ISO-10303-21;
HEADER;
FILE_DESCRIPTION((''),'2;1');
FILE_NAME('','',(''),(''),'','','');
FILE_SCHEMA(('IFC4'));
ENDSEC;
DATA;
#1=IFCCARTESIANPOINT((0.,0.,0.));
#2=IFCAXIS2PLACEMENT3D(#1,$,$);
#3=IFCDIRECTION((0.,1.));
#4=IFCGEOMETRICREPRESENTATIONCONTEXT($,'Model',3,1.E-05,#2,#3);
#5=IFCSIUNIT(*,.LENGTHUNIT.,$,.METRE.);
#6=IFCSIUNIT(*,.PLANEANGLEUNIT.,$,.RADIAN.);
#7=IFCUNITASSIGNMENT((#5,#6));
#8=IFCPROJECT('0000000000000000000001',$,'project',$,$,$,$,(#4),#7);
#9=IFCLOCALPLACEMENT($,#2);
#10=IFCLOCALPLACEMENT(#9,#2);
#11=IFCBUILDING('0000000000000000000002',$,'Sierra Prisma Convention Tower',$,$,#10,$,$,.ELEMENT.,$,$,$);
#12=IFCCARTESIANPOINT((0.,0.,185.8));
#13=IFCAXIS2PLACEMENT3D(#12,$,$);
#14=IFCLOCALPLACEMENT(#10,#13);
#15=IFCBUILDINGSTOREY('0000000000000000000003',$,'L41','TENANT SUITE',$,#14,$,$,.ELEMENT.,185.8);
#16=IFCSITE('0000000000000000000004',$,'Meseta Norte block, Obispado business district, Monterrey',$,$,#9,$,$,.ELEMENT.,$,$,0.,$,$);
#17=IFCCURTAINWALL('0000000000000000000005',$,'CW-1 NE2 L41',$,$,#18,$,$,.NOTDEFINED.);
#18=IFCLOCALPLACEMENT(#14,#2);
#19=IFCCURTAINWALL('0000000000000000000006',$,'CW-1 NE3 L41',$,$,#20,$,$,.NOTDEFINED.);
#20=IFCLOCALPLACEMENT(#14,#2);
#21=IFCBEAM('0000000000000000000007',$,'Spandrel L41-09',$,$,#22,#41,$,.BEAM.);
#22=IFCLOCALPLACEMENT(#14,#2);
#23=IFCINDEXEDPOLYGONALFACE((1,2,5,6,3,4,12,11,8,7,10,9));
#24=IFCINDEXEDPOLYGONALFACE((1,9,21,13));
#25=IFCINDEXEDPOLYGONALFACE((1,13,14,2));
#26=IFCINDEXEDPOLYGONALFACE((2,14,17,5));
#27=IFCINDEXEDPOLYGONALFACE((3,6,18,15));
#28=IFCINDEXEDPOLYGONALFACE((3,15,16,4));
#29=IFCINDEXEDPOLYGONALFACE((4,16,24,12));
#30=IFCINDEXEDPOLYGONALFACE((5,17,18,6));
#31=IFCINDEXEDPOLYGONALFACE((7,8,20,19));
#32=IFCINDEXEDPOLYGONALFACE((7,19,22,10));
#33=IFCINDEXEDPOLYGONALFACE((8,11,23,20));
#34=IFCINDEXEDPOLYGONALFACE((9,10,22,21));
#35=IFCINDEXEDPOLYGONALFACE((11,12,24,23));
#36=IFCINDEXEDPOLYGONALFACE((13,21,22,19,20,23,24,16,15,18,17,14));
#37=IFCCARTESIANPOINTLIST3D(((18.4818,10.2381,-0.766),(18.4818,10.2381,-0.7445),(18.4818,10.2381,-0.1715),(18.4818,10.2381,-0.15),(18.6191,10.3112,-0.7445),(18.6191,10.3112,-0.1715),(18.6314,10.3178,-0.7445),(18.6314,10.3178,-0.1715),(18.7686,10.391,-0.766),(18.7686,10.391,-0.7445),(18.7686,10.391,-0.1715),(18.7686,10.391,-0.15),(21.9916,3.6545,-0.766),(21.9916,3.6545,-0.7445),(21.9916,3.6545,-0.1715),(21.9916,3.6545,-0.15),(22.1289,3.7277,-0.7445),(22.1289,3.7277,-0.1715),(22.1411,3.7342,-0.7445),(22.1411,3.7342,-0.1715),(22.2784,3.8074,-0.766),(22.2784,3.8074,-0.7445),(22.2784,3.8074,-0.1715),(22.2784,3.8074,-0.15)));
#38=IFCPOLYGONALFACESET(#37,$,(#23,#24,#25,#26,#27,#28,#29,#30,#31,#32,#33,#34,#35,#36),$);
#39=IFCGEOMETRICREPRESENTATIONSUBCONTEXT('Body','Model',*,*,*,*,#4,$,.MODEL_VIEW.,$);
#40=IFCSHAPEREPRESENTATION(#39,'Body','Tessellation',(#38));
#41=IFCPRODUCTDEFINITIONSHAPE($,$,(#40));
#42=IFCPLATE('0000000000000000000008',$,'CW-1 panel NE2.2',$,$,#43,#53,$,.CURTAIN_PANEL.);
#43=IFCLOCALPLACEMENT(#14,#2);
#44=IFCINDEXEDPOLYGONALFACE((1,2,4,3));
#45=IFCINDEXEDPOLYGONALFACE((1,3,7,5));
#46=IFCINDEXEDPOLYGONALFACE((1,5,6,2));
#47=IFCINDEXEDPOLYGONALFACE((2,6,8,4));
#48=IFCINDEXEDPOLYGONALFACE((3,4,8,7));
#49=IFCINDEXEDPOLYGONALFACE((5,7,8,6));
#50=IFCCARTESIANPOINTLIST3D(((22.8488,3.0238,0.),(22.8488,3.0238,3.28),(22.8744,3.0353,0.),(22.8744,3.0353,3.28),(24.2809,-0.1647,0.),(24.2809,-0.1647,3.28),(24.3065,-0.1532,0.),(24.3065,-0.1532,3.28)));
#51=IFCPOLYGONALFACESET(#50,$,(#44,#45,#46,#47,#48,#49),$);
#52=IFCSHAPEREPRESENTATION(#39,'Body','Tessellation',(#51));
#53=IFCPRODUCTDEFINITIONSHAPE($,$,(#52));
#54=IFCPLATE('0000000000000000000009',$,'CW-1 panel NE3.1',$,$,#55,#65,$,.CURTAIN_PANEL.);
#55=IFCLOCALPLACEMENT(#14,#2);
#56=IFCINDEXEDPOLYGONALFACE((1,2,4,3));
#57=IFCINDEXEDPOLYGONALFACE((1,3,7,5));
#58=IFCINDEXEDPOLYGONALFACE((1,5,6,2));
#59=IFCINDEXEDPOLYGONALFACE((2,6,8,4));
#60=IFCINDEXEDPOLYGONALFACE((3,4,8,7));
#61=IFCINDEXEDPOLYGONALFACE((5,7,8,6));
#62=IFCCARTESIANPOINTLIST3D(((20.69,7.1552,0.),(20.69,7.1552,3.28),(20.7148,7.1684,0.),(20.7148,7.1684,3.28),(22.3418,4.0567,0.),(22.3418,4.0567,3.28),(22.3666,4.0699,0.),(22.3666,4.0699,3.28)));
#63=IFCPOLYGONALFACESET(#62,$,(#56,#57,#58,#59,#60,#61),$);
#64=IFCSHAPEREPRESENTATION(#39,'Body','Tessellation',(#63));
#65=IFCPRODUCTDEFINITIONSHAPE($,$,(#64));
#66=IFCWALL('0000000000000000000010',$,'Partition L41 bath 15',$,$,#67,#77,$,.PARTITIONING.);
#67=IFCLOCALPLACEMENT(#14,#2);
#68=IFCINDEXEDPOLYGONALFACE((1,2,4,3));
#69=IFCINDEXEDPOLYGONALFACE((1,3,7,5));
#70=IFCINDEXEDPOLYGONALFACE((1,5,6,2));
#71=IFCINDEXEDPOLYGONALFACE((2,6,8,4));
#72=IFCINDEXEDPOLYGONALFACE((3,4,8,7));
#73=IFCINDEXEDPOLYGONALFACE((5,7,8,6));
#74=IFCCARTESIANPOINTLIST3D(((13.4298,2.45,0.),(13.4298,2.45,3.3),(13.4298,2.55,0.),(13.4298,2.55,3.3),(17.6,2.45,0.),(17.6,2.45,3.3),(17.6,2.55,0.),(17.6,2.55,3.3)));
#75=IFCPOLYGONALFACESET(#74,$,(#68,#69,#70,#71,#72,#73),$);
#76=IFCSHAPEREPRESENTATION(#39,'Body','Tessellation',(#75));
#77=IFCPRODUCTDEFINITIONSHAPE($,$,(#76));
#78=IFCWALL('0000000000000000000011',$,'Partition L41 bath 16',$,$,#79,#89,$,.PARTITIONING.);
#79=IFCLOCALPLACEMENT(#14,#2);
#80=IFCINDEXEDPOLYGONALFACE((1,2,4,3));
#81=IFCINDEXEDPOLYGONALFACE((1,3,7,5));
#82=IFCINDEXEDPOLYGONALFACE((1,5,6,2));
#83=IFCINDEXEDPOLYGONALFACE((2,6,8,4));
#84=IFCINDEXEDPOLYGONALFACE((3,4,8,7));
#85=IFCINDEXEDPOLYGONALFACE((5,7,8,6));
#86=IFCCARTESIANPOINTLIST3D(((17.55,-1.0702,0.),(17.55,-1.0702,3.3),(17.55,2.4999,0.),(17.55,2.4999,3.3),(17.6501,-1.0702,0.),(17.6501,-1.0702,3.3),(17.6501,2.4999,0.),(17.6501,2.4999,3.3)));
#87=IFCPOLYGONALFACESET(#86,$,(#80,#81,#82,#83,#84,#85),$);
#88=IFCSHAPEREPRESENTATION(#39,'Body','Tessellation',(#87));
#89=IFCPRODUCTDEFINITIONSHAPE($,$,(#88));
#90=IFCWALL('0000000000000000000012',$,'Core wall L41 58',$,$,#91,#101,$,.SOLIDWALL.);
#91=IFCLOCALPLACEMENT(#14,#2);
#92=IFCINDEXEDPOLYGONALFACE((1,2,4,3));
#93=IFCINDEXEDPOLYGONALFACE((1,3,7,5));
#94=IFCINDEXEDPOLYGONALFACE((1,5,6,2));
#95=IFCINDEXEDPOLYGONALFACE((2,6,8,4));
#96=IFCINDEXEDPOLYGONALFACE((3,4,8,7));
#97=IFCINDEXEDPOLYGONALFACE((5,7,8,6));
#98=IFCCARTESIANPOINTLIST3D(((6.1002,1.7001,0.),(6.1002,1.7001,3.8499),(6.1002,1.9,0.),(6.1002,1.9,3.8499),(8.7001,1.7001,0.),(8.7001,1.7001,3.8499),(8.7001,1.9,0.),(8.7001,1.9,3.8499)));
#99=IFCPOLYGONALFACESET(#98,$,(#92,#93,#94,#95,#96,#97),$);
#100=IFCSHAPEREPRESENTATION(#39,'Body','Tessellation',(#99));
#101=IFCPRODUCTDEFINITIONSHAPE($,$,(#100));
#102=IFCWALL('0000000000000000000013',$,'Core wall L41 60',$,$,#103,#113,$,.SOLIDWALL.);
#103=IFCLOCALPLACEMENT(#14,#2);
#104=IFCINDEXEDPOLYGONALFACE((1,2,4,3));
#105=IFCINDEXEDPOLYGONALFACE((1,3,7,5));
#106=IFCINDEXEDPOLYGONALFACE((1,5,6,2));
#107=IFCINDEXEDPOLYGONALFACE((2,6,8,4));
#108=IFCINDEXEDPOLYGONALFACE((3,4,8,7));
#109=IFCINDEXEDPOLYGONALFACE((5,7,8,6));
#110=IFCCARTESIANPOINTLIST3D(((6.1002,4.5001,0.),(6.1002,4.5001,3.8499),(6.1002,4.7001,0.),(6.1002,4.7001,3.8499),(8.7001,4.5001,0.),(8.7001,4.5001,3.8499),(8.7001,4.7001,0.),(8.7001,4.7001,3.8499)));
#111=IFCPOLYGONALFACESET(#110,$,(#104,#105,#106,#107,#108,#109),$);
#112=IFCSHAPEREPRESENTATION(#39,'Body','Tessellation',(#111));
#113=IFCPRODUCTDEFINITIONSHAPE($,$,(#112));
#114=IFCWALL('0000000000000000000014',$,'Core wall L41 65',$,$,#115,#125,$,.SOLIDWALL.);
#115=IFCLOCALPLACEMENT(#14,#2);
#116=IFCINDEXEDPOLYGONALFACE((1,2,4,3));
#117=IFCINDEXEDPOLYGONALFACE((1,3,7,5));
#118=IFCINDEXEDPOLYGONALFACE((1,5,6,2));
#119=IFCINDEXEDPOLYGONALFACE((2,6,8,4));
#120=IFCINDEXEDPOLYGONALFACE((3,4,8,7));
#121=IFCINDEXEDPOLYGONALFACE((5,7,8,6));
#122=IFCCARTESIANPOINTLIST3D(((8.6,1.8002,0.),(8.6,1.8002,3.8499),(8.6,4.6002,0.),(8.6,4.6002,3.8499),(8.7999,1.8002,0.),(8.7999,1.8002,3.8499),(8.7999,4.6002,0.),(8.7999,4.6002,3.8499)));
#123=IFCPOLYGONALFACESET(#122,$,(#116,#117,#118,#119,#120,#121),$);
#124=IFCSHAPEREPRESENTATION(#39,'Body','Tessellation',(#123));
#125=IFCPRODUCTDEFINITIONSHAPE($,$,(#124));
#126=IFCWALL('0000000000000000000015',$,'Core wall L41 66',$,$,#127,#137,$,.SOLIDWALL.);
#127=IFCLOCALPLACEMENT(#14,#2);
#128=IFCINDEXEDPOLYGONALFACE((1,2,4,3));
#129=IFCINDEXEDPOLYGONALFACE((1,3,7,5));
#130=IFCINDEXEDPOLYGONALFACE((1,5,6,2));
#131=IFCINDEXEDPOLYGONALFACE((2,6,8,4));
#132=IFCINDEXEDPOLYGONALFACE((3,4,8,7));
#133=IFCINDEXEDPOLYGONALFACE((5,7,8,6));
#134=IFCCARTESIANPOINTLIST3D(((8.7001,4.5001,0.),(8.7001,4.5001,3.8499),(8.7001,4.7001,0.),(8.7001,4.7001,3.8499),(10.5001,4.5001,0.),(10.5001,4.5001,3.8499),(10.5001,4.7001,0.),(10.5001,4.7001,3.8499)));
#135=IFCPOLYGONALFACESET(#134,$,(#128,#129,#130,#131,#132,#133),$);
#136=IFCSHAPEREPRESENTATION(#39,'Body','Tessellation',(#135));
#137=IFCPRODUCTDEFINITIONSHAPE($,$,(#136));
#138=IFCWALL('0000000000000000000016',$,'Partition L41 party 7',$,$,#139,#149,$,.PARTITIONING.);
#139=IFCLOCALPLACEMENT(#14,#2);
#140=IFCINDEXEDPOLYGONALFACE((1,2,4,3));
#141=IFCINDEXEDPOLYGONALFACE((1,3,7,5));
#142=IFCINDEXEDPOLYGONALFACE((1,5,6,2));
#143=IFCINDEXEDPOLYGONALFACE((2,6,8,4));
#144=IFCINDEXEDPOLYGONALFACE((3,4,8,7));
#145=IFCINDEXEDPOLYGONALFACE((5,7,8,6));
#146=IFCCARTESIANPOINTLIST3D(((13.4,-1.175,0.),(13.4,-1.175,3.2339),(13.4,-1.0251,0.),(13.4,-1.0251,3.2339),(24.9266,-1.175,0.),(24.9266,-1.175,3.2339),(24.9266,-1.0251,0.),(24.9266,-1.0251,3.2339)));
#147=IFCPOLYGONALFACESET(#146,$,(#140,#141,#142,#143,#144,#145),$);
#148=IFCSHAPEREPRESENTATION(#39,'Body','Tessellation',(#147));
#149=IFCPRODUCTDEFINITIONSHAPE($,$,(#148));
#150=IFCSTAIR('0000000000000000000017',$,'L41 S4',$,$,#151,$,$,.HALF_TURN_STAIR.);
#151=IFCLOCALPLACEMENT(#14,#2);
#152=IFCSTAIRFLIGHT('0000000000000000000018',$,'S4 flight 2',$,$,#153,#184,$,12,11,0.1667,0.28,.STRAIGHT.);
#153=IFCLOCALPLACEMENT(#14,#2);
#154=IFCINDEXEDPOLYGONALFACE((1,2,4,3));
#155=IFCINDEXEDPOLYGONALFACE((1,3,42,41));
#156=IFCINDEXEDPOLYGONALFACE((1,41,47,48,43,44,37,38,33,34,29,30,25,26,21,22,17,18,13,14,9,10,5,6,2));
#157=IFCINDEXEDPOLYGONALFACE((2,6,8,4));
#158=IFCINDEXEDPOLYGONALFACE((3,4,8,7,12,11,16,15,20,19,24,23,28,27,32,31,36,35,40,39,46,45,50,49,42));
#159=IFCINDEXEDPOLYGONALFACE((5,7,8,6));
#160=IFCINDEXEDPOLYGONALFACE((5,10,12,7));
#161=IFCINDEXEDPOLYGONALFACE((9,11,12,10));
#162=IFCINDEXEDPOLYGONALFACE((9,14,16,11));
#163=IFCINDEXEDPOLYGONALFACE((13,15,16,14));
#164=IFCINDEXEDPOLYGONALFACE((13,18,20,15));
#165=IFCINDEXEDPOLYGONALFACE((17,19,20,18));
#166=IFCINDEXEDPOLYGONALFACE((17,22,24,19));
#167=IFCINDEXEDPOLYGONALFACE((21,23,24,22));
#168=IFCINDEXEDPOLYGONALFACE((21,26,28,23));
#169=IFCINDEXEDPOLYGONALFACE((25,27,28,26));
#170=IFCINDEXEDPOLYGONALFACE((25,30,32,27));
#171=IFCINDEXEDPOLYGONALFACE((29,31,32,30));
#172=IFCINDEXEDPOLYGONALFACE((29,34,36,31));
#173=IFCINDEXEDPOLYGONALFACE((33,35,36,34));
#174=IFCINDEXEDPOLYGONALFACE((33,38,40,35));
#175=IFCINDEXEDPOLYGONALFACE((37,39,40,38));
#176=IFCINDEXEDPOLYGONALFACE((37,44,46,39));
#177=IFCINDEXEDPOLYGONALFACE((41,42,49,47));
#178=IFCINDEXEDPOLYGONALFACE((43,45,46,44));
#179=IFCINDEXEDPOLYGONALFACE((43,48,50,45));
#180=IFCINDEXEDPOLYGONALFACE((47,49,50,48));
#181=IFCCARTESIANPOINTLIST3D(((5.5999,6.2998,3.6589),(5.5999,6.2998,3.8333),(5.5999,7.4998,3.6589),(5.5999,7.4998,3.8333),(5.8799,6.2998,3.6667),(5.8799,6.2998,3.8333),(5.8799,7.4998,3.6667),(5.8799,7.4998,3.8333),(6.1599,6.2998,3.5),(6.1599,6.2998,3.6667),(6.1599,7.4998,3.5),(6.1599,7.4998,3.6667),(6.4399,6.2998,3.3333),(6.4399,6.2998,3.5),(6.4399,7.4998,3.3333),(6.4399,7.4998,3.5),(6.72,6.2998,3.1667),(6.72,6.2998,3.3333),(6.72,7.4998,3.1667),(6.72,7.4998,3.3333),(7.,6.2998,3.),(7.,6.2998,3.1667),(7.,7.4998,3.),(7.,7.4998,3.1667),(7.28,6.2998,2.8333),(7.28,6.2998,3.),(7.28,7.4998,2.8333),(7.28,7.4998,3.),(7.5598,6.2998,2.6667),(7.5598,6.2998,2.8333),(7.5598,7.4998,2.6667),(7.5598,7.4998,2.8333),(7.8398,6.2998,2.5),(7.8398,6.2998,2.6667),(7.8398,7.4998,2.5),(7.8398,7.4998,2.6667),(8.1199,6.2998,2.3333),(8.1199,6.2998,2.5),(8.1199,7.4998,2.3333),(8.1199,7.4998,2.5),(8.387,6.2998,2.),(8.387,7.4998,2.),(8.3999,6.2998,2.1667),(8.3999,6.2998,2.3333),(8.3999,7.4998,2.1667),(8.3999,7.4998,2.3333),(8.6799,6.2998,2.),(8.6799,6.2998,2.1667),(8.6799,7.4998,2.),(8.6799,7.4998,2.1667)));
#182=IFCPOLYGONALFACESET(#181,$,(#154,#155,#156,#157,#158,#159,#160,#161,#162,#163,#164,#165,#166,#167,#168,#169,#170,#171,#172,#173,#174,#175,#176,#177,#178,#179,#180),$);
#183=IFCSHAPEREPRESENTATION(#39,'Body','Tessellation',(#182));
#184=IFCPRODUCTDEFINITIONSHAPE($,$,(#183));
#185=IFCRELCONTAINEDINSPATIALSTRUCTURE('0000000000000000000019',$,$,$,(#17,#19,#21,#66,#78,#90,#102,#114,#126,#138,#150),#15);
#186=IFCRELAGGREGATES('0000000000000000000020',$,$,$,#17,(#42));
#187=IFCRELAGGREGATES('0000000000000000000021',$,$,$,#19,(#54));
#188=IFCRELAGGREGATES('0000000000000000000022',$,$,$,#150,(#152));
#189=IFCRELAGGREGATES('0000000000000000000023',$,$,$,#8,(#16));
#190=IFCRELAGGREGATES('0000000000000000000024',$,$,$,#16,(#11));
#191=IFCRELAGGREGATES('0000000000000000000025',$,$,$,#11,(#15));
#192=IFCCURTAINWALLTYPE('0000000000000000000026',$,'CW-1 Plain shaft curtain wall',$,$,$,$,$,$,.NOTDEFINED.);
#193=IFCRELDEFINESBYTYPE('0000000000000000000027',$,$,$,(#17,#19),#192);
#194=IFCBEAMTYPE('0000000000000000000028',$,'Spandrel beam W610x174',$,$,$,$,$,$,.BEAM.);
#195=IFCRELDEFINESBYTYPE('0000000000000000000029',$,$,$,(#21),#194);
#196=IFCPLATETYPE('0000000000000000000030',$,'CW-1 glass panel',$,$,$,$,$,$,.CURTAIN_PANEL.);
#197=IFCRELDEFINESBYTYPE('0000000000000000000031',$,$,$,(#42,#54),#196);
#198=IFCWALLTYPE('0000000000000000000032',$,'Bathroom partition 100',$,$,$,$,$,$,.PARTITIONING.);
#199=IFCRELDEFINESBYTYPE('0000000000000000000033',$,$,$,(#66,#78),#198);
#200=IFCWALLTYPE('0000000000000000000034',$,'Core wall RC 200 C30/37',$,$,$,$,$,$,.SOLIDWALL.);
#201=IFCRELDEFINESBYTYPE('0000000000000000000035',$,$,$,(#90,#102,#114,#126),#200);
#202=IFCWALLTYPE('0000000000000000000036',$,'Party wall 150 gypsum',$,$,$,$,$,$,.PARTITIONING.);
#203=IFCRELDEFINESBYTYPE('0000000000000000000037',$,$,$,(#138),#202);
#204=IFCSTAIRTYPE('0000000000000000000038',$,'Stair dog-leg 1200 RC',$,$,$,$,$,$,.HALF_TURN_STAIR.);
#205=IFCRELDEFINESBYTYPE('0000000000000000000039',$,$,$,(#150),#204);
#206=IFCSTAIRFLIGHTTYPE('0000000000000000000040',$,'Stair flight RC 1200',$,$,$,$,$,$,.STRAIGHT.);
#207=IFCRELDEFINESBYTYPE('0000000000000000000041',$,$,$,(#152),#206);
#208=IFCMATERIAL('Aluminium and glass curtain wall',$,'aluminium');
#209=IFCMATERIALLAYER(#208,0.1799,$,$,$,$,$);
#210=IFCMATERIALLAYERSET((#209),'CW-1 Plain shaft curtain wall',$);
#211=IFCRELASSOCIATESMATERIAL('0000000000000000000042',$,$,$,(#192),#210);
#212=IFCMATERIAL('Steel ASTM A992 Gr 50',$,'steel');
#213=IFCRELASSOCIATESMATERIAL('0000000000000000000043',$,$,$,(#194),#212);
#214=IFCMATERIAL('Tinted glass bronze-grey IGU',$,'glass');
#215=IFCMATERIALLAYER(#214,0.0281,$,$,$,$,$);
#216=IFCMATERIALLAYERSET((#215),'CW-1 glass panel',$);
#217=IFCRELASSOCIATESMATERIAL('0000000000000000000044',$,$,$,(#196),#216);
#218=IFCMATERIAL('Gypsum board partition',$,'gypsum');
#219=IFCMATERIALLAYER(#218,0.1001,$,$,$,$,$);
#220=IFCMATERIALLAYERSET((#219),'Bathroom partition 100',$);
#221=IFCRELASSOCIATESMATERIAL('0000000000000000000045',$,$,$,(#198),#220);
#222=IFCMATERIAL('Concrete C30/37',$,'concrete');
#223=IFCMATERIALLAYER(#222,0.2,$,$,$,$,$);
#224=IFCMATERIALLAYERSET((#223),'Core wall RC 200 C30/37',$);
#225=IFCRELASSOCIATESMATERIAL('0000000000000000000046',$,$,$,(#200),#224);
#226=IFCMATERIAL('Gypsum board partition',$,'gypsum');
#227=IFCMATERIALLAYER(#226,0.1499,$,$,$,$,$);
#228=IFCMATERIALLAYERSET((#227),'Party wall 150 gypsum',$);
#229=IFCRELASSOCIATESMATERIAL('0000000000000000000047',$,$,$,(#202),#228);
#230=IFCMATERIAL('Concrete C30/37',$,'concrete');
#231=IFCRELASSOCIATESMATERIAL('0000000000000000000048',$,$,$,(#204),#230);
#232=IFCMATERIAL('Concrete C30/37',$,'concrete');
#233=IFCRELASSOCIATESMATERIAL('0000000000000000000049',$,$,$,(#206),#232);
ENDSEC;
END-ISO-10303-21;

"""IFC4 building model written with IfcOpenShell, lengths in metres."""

from ifc_helpers import new_model, si_unit, direction, frame, frame_2d, origin, origin_2d, place, context, subcontext, project, spatial, polyline, rectangle, i_section, outline, extrude, material, layer, layer_set, material_profile, profile_set, type_object, element, aggregate, save


model = new_model("IFC4")

# Units and contexts
model_context = context("Model", 3, precision=1e-05, world=origin(), true_north=direction((0.0, 1.0)))
body_context = subcontext(model_context, "Body", "Model", "MODEL_VIEW")
ifc_project = project(units=[si_unit("LENGTHUNIT", "METRE"), si_unit("PLANEANGLEUNIT", "RADIAN")], contexts=[model_context])

# Site, building, storey
site_placement = place(None, origin())
site = spatial("IfcSite", under=ifc_project, at=site_placement, Name="Meseta Norte block, Obispado business district, Monterrey", CompositionType="ELEMENT", RefElevation=0.0)
building_placement = place(site_placement, origin())
building = spatial("IfcBuilding", under=site, at=building_placement, Name="Sierra Prisma Convention Tower", CompositionType="ELEMENT")
storey_placement = place(building_placement, frame((0.0, 0.0, 185.8)))
storey = spatial("IfcBuildingStorey", under=building, at=storey_placement, Name="L41", Description="TENANT SUITE", CompositionType="ELEMENT", Elevation=185.8)

# Curtain wall
ifc_material_1 = material(Name="Aluminium and glass curtain wall", Category="aluminium")
ifc_layer_1 = layer(ifc_material_1, 0.1799)
ifc_layer_set_1 = layer_set([ifc_layer_1], Name="CW-1 Plain shaft curtain wall")
curtain_wall_type = type_object("IfcCurtainWallType", Name="CW-1 Plain shaft curtain wall", PredefinedType="NOTDEFINED", material=ifc_layer_set_1)
curtain_wall_1_placement = place(storey_placement, origin())
curtain_wall_1 = element("IfcCurtainWall", 1, at=curtain_wall_1_placement, inside=storey, type_object=curtain_wall_type, Name="CW-1 NE2 L41", PredefinedType="NOTDEFINED")

# Curtain wall
curtain_wall_2_placement = place(storey_placement, origin())
curtain_wall_2 = element("IfcCurtainWall", 2, at=curtain_wall_2_placement, inside=storey, type_object=curtain_wall_type, Name="CW-1 NE3 L41", PredefinedType="NOTDEFINED")

# Beam
ifc_material_2 = material(Name="Steel ASTM A992 Gr 50", Category="steel")
ifc_material_profile_1 = material_profile(ifc_material_2, i_section(OverallWidth=0.325, OverallDepth=0.616, WebThickness=0.0139, FlangeThickness=0.0215, at=origin_2d()), Name="W610x174")
ifc_profile_set_1 = profile_set([ifc_material_profile_1], Name="Steel ASTM A992 Gr 50")
beam_type_1 = type_object("IfcBeamType", Name="Spandrel beam W610x174", PredefinedType="BEAM", material=ifc_profile_set_1)
beam_1_placement = place(storey_placement, frame((22.135, 3.731, -0.458), z_axis=(-0.470439, 0.882433, 0.0), x_axis=(-0.882433, -0.470439, 0.0)))
element("IfcBeam", 3, at=beam_1_placement, inside=storey, type_object=beam_type_1, Name="Spandrel L41-09", PredefinedType="BEAM", context=body_context, shape_type="SweptSolid", body=[
    extrude(i_section(OverallWidth=0.325, OverallDepth=0.616, WebThickness=0.0139, FlangeThickness=0.0215, at=origin_2d()), origin(), (0.0, 0.0, 1.0), 7.4607),
])

# Plates
ifc_material_3 = material(Name="Tinted glass bronze-grey IGU", Category="glass")
ifc_layer_2 = layer(ifc_material_3, 0.0281)
ifc_layer_set_2 = layer_set([ifc_layer_2], Name="CW-1 glass panel")
plate_type = type_object("IfcPlateType", Name="CW-1 glass panel", PredefinedType="CURTAIN_PANEL", material=ifc_layer_set_2)
plate_1_placement = place(storey_placement, frame((23.5776, 1.4353, 0.0), z_axis=(0.0, 0.0, 1.0), x_axis=(-0.409703, 0.912219, 0.0)))
plate_1 = element("IfcPlate", 4, at=plate_1_placement, type_object=plate_type, Name="CW-1 panel NE2.2", PredefinedType="CURTAIN_PANEL", context=body_context, shape_type="SweptSolid", body=[
    extrude(rectangle(XDim=3.4954, YDim=0.0281, at=origin_2d()), origin(), (0.0, 0.0, 1.0), 3.28),
])
aggregate(curtain_wall_1, [plate_1])
plate_2_placement = place(storey_placement, frame((21.5283, 5.6125, 0.0), z_axis=(0.0, 0.0, 1.0), x_axis=(-0.470428, 0.882439, 0.0)))
plate_2 = element("IfcPlate", 5, at=plate_2_placement, type_object=plate_type, Name="CW-1 panel NE3.1", PredefinedType="CURTAIN_PANEL", context=body_context, shape_type="SweptSolid", body=[
    extrude(rectangle(XDim=3.5112, YDim=0.0281, at=origin_2d()), origin(), (0.0, 0.0, 1.0), 3.28),
])
aggregate(curtain_wall_2, [plate_2])

# Walls
ifc_material_4 = material(Name="Gypsum board partition", Category="gypsum")
ifc_layer_3 = layer(ifc_material_4, 0.1001)
ifc_layer_set_3 = layer_set([ifc_layer_3], Name="Bathroom partition 100")
wall_type_1 = type_object("IfcWallType", Name="Bathroom partition 100", PredefinedType="PARTITIONING", material=ifc_layer_set_3)
wall_1_placement = place(storey_placement, frame((13.4299, 2.5, 0.0), z_axis=(0.0, 0.0, 1.0), x_axis=(1.0, 0.0, 0.0)))
element("IfcWall", 6, at=wall_1_placement, inside=storey, type_object=wall_type_1, Name="Partition L41 bath 15", PredefinedType="PARTITIONING", context=body_context, shape_type="SweptSolid", body=[
    extrude(rectangle(XDim=4.1702, YDim=0.1001, at=frame_2d((2.085, 0.0))), origin(), (0.0, 0.0, 1.0), 3.3),
])
wall_2_placement = place(storey_placement, frame((17.6001, 2.5, 0.0), z_axis=(0.0, 0.0, 1.0), x_axis=(0.0, -1.0, 0.0)))
element("IfcWall", 7, at=wall_2_placement, inside=storey, type_object=wall_type_1, Name="Partition L41 bath 16", PredefinedType="PARTITIONING", context=body_context, shape_type="SweptSolid", body=[
    extrude(rectangle(XDim=3.5701, YDim=0.1001, at=frame_2d((1.7852, 0.0))), origin(), (0.0, 0.0, 1.0), 3.3),
])
ifc_material_5 = material(Name="Concrete C30/37", Category="concrete")
ifc_layer_4 = layer(ifc_material_5, 0.2)
ifc_layer_set_4 = layer_set([ifc_layer_4], Name="Core wall RC 200 C30/37")
wall_type_2 = type_object("IfcWallType", Name="Core wall RC 200 C30/37", PredefinedType="SOLIDWALL", material=ifc_layer_set_4)
for number, where, z_axis, x_axis, name in (
    (8, (8.7, 1.8, 0.0), (0.0, 0.0, 1.0), (-1.0, 0.0, 0.0), "Core wall L41 58"),
    (9, (8.7, 4.6001, 0.0), (0.0, 0.0, 1.0), (-1.0, 0.0, 0.0), "Core wall L41 60"),
):
    element("IfcWall", number, at=place(storey_placement, frame(where, z_axis=z_axis, x_axis=x_axis)), inside=storey, type_object=wall_type_2, Name=name, PredefinedType="SOLIDWALL", context=body_context, shape_type="SweptSolid", body=[
        extrude(rectangle(XDim=2.5999, YDim=0.2, at=frame_2d((1.2998, 0.0))), origin(), (0.0, 0.0, 1.0), 3.8499),
    ])

# Walls
wall_3_placement = place(storey_placement, frame((8.7, 4.6001, 0.0), z_axis=(0.0, 0.0, 1.0), x_axis=(0.0, -1.0, 0.0)))
element("IfcWall", 10, at=wall_3_placement, inside=storey, type_object=wall_type_2, Name="Core wall L41 65", PredefinedType="SOLIDWALL", context=body_context, shape_type="SweptSolid", body=[
    extrude(rectangle(XDim=2.8, YDim=0.2, at=frame_2d((1.3999, 0.0))), origin(), (0.0, 0.0, 1.0), 3.8499),
])
wall_4_placement = place(storey_placement, frame((10.5, 4.6001, 0.0), z_axis=(0.0, 0.0, 1.0), x_axis=(-1.0, 0.0, 0.0)))
element("IfcWall", 11, at=wall_4_placement, inside=storey, type_object=wall_type_2, Name="Core wall L41 66", PredefinedType="SOLIDWALL", context=body_context, shape_type="SweptSolid", body=[
    extrude(rectangle(XDim=1.8, YDim=0.2, at=frame_2d((0.8999, 0.0))), origin(), (0.0, 0.0, 1.0), 3.8499),
])
ifc_material_6 = material(Name="Gypsum board partition", Category="gypsum")
ifc_layer_5 = layer(ifc_material_6, 0.1499)
ifc_layer_set_5 = layer_set([ifc_layer_5], Name="Party wall 150 gypsum")
wall_type_3 = type_object("IfcWallType", Name="Party wall 150 gypsum", PredefinedType="PARTITIONING", material=ifc_layer_set_5)
wall_5_placement = place(storey_placement, frame((24.9265, -1.1001, 0.0), z_axis=(0.0, 0.0, 1.0), x_axis=(-1.0, 0.0, 0.0)))
element("IfcWall", 12, at=wall_5_placement, inside=storey, type_object=wall_type_3, Name="Partition L41 party 7", PredefinedType="PARTITIONING", context=body_context, shape_type="SweptSolid", body=[
    extrude(rectangle(XDim=11.5266, YDim=0.1499, at=frame_2d((5.7632, 0.0))), origin(), (0.0, 0.0, 1.0), 3.2339),
])

# Stair, stair flight
ifc_material_7 = material(Name="Concrete C30/37", Category="concrete")
stair_type = type_object("IfcStairType", Name="Stair dog-leg 1200 RC", PredefinedType="HALF_TURN_STAIR", material=ifc_material_7)
stair_placement = place(storey_placement, origin())
stair = element("IfcStair", 13, at=stair_placement, inside=storey, type_object=stair_type, Name="L41 S4", PredefinedType="HALF_TURN_STAIR")
ifc_material_8 = material(Name="Concrete C30/37", Category="concrete")
stair_flight_type = type_object("IfcStairFlightType", Name="Stair flight RC 1200", PredefinedType="STRAIGHT", material=ifc_material_8)
stair_flight_placement = place(storey_placement, frame((8.6799, 6.8999, 2.0), z_axis=(0.0, 0.0, 1.0), x_axis=(-1.0, 0.0, 0.0)))
stair_flight = element("IfcStairFlight", 14, at=stair_flight_placement, type_object=stair_flight_type, Name="S4 flight 2", NumberOfRisers=12, NumberOfTreads=11, PredefinedType="STRAIGHT", RiserHeight=0.1667, TreadLength=0.28, context=body_context, shape_type="SweptSolid", body=[
    extrude(outline(polyline([(0.0, 0.0), (0.0, 0.1667), (0.28, 0.1667), (0.28, 0.3333), (0.5601, 0.3333), (0.5601, 0.5), (0.8401, 0.5), (0.8401, 0.6667), (1.1201, 0.6667), (1.1201, 0.8333), (1.3999, 0.8333), (1.3999, 1.0), (1.6799, 1.0), (1.6799, 1.1667), (1.96, 1.1667), (1.96, 1.3333), (2.24, 1.3333), (2.24, 1.5), (2.52, 1.5), (2.52, 1.6667), (2.8, 1.6667), (2.8, 1.8333), (3.0801, 1.8333), (3.0801, 2.0), (3.0801, 1.6589), (0.293, 0.0), (0.0, 0.0)])), frame((0.0, 0.6001, 0.0), z_axis=(0.0, -1.0, 0.0), x_axis=(1.0, 0.0, 0.0)), (0.0, 0.0, 1.0), 1.2),
])
aggregate(stair, [stair_flight])

save(model, "model.ifc")
